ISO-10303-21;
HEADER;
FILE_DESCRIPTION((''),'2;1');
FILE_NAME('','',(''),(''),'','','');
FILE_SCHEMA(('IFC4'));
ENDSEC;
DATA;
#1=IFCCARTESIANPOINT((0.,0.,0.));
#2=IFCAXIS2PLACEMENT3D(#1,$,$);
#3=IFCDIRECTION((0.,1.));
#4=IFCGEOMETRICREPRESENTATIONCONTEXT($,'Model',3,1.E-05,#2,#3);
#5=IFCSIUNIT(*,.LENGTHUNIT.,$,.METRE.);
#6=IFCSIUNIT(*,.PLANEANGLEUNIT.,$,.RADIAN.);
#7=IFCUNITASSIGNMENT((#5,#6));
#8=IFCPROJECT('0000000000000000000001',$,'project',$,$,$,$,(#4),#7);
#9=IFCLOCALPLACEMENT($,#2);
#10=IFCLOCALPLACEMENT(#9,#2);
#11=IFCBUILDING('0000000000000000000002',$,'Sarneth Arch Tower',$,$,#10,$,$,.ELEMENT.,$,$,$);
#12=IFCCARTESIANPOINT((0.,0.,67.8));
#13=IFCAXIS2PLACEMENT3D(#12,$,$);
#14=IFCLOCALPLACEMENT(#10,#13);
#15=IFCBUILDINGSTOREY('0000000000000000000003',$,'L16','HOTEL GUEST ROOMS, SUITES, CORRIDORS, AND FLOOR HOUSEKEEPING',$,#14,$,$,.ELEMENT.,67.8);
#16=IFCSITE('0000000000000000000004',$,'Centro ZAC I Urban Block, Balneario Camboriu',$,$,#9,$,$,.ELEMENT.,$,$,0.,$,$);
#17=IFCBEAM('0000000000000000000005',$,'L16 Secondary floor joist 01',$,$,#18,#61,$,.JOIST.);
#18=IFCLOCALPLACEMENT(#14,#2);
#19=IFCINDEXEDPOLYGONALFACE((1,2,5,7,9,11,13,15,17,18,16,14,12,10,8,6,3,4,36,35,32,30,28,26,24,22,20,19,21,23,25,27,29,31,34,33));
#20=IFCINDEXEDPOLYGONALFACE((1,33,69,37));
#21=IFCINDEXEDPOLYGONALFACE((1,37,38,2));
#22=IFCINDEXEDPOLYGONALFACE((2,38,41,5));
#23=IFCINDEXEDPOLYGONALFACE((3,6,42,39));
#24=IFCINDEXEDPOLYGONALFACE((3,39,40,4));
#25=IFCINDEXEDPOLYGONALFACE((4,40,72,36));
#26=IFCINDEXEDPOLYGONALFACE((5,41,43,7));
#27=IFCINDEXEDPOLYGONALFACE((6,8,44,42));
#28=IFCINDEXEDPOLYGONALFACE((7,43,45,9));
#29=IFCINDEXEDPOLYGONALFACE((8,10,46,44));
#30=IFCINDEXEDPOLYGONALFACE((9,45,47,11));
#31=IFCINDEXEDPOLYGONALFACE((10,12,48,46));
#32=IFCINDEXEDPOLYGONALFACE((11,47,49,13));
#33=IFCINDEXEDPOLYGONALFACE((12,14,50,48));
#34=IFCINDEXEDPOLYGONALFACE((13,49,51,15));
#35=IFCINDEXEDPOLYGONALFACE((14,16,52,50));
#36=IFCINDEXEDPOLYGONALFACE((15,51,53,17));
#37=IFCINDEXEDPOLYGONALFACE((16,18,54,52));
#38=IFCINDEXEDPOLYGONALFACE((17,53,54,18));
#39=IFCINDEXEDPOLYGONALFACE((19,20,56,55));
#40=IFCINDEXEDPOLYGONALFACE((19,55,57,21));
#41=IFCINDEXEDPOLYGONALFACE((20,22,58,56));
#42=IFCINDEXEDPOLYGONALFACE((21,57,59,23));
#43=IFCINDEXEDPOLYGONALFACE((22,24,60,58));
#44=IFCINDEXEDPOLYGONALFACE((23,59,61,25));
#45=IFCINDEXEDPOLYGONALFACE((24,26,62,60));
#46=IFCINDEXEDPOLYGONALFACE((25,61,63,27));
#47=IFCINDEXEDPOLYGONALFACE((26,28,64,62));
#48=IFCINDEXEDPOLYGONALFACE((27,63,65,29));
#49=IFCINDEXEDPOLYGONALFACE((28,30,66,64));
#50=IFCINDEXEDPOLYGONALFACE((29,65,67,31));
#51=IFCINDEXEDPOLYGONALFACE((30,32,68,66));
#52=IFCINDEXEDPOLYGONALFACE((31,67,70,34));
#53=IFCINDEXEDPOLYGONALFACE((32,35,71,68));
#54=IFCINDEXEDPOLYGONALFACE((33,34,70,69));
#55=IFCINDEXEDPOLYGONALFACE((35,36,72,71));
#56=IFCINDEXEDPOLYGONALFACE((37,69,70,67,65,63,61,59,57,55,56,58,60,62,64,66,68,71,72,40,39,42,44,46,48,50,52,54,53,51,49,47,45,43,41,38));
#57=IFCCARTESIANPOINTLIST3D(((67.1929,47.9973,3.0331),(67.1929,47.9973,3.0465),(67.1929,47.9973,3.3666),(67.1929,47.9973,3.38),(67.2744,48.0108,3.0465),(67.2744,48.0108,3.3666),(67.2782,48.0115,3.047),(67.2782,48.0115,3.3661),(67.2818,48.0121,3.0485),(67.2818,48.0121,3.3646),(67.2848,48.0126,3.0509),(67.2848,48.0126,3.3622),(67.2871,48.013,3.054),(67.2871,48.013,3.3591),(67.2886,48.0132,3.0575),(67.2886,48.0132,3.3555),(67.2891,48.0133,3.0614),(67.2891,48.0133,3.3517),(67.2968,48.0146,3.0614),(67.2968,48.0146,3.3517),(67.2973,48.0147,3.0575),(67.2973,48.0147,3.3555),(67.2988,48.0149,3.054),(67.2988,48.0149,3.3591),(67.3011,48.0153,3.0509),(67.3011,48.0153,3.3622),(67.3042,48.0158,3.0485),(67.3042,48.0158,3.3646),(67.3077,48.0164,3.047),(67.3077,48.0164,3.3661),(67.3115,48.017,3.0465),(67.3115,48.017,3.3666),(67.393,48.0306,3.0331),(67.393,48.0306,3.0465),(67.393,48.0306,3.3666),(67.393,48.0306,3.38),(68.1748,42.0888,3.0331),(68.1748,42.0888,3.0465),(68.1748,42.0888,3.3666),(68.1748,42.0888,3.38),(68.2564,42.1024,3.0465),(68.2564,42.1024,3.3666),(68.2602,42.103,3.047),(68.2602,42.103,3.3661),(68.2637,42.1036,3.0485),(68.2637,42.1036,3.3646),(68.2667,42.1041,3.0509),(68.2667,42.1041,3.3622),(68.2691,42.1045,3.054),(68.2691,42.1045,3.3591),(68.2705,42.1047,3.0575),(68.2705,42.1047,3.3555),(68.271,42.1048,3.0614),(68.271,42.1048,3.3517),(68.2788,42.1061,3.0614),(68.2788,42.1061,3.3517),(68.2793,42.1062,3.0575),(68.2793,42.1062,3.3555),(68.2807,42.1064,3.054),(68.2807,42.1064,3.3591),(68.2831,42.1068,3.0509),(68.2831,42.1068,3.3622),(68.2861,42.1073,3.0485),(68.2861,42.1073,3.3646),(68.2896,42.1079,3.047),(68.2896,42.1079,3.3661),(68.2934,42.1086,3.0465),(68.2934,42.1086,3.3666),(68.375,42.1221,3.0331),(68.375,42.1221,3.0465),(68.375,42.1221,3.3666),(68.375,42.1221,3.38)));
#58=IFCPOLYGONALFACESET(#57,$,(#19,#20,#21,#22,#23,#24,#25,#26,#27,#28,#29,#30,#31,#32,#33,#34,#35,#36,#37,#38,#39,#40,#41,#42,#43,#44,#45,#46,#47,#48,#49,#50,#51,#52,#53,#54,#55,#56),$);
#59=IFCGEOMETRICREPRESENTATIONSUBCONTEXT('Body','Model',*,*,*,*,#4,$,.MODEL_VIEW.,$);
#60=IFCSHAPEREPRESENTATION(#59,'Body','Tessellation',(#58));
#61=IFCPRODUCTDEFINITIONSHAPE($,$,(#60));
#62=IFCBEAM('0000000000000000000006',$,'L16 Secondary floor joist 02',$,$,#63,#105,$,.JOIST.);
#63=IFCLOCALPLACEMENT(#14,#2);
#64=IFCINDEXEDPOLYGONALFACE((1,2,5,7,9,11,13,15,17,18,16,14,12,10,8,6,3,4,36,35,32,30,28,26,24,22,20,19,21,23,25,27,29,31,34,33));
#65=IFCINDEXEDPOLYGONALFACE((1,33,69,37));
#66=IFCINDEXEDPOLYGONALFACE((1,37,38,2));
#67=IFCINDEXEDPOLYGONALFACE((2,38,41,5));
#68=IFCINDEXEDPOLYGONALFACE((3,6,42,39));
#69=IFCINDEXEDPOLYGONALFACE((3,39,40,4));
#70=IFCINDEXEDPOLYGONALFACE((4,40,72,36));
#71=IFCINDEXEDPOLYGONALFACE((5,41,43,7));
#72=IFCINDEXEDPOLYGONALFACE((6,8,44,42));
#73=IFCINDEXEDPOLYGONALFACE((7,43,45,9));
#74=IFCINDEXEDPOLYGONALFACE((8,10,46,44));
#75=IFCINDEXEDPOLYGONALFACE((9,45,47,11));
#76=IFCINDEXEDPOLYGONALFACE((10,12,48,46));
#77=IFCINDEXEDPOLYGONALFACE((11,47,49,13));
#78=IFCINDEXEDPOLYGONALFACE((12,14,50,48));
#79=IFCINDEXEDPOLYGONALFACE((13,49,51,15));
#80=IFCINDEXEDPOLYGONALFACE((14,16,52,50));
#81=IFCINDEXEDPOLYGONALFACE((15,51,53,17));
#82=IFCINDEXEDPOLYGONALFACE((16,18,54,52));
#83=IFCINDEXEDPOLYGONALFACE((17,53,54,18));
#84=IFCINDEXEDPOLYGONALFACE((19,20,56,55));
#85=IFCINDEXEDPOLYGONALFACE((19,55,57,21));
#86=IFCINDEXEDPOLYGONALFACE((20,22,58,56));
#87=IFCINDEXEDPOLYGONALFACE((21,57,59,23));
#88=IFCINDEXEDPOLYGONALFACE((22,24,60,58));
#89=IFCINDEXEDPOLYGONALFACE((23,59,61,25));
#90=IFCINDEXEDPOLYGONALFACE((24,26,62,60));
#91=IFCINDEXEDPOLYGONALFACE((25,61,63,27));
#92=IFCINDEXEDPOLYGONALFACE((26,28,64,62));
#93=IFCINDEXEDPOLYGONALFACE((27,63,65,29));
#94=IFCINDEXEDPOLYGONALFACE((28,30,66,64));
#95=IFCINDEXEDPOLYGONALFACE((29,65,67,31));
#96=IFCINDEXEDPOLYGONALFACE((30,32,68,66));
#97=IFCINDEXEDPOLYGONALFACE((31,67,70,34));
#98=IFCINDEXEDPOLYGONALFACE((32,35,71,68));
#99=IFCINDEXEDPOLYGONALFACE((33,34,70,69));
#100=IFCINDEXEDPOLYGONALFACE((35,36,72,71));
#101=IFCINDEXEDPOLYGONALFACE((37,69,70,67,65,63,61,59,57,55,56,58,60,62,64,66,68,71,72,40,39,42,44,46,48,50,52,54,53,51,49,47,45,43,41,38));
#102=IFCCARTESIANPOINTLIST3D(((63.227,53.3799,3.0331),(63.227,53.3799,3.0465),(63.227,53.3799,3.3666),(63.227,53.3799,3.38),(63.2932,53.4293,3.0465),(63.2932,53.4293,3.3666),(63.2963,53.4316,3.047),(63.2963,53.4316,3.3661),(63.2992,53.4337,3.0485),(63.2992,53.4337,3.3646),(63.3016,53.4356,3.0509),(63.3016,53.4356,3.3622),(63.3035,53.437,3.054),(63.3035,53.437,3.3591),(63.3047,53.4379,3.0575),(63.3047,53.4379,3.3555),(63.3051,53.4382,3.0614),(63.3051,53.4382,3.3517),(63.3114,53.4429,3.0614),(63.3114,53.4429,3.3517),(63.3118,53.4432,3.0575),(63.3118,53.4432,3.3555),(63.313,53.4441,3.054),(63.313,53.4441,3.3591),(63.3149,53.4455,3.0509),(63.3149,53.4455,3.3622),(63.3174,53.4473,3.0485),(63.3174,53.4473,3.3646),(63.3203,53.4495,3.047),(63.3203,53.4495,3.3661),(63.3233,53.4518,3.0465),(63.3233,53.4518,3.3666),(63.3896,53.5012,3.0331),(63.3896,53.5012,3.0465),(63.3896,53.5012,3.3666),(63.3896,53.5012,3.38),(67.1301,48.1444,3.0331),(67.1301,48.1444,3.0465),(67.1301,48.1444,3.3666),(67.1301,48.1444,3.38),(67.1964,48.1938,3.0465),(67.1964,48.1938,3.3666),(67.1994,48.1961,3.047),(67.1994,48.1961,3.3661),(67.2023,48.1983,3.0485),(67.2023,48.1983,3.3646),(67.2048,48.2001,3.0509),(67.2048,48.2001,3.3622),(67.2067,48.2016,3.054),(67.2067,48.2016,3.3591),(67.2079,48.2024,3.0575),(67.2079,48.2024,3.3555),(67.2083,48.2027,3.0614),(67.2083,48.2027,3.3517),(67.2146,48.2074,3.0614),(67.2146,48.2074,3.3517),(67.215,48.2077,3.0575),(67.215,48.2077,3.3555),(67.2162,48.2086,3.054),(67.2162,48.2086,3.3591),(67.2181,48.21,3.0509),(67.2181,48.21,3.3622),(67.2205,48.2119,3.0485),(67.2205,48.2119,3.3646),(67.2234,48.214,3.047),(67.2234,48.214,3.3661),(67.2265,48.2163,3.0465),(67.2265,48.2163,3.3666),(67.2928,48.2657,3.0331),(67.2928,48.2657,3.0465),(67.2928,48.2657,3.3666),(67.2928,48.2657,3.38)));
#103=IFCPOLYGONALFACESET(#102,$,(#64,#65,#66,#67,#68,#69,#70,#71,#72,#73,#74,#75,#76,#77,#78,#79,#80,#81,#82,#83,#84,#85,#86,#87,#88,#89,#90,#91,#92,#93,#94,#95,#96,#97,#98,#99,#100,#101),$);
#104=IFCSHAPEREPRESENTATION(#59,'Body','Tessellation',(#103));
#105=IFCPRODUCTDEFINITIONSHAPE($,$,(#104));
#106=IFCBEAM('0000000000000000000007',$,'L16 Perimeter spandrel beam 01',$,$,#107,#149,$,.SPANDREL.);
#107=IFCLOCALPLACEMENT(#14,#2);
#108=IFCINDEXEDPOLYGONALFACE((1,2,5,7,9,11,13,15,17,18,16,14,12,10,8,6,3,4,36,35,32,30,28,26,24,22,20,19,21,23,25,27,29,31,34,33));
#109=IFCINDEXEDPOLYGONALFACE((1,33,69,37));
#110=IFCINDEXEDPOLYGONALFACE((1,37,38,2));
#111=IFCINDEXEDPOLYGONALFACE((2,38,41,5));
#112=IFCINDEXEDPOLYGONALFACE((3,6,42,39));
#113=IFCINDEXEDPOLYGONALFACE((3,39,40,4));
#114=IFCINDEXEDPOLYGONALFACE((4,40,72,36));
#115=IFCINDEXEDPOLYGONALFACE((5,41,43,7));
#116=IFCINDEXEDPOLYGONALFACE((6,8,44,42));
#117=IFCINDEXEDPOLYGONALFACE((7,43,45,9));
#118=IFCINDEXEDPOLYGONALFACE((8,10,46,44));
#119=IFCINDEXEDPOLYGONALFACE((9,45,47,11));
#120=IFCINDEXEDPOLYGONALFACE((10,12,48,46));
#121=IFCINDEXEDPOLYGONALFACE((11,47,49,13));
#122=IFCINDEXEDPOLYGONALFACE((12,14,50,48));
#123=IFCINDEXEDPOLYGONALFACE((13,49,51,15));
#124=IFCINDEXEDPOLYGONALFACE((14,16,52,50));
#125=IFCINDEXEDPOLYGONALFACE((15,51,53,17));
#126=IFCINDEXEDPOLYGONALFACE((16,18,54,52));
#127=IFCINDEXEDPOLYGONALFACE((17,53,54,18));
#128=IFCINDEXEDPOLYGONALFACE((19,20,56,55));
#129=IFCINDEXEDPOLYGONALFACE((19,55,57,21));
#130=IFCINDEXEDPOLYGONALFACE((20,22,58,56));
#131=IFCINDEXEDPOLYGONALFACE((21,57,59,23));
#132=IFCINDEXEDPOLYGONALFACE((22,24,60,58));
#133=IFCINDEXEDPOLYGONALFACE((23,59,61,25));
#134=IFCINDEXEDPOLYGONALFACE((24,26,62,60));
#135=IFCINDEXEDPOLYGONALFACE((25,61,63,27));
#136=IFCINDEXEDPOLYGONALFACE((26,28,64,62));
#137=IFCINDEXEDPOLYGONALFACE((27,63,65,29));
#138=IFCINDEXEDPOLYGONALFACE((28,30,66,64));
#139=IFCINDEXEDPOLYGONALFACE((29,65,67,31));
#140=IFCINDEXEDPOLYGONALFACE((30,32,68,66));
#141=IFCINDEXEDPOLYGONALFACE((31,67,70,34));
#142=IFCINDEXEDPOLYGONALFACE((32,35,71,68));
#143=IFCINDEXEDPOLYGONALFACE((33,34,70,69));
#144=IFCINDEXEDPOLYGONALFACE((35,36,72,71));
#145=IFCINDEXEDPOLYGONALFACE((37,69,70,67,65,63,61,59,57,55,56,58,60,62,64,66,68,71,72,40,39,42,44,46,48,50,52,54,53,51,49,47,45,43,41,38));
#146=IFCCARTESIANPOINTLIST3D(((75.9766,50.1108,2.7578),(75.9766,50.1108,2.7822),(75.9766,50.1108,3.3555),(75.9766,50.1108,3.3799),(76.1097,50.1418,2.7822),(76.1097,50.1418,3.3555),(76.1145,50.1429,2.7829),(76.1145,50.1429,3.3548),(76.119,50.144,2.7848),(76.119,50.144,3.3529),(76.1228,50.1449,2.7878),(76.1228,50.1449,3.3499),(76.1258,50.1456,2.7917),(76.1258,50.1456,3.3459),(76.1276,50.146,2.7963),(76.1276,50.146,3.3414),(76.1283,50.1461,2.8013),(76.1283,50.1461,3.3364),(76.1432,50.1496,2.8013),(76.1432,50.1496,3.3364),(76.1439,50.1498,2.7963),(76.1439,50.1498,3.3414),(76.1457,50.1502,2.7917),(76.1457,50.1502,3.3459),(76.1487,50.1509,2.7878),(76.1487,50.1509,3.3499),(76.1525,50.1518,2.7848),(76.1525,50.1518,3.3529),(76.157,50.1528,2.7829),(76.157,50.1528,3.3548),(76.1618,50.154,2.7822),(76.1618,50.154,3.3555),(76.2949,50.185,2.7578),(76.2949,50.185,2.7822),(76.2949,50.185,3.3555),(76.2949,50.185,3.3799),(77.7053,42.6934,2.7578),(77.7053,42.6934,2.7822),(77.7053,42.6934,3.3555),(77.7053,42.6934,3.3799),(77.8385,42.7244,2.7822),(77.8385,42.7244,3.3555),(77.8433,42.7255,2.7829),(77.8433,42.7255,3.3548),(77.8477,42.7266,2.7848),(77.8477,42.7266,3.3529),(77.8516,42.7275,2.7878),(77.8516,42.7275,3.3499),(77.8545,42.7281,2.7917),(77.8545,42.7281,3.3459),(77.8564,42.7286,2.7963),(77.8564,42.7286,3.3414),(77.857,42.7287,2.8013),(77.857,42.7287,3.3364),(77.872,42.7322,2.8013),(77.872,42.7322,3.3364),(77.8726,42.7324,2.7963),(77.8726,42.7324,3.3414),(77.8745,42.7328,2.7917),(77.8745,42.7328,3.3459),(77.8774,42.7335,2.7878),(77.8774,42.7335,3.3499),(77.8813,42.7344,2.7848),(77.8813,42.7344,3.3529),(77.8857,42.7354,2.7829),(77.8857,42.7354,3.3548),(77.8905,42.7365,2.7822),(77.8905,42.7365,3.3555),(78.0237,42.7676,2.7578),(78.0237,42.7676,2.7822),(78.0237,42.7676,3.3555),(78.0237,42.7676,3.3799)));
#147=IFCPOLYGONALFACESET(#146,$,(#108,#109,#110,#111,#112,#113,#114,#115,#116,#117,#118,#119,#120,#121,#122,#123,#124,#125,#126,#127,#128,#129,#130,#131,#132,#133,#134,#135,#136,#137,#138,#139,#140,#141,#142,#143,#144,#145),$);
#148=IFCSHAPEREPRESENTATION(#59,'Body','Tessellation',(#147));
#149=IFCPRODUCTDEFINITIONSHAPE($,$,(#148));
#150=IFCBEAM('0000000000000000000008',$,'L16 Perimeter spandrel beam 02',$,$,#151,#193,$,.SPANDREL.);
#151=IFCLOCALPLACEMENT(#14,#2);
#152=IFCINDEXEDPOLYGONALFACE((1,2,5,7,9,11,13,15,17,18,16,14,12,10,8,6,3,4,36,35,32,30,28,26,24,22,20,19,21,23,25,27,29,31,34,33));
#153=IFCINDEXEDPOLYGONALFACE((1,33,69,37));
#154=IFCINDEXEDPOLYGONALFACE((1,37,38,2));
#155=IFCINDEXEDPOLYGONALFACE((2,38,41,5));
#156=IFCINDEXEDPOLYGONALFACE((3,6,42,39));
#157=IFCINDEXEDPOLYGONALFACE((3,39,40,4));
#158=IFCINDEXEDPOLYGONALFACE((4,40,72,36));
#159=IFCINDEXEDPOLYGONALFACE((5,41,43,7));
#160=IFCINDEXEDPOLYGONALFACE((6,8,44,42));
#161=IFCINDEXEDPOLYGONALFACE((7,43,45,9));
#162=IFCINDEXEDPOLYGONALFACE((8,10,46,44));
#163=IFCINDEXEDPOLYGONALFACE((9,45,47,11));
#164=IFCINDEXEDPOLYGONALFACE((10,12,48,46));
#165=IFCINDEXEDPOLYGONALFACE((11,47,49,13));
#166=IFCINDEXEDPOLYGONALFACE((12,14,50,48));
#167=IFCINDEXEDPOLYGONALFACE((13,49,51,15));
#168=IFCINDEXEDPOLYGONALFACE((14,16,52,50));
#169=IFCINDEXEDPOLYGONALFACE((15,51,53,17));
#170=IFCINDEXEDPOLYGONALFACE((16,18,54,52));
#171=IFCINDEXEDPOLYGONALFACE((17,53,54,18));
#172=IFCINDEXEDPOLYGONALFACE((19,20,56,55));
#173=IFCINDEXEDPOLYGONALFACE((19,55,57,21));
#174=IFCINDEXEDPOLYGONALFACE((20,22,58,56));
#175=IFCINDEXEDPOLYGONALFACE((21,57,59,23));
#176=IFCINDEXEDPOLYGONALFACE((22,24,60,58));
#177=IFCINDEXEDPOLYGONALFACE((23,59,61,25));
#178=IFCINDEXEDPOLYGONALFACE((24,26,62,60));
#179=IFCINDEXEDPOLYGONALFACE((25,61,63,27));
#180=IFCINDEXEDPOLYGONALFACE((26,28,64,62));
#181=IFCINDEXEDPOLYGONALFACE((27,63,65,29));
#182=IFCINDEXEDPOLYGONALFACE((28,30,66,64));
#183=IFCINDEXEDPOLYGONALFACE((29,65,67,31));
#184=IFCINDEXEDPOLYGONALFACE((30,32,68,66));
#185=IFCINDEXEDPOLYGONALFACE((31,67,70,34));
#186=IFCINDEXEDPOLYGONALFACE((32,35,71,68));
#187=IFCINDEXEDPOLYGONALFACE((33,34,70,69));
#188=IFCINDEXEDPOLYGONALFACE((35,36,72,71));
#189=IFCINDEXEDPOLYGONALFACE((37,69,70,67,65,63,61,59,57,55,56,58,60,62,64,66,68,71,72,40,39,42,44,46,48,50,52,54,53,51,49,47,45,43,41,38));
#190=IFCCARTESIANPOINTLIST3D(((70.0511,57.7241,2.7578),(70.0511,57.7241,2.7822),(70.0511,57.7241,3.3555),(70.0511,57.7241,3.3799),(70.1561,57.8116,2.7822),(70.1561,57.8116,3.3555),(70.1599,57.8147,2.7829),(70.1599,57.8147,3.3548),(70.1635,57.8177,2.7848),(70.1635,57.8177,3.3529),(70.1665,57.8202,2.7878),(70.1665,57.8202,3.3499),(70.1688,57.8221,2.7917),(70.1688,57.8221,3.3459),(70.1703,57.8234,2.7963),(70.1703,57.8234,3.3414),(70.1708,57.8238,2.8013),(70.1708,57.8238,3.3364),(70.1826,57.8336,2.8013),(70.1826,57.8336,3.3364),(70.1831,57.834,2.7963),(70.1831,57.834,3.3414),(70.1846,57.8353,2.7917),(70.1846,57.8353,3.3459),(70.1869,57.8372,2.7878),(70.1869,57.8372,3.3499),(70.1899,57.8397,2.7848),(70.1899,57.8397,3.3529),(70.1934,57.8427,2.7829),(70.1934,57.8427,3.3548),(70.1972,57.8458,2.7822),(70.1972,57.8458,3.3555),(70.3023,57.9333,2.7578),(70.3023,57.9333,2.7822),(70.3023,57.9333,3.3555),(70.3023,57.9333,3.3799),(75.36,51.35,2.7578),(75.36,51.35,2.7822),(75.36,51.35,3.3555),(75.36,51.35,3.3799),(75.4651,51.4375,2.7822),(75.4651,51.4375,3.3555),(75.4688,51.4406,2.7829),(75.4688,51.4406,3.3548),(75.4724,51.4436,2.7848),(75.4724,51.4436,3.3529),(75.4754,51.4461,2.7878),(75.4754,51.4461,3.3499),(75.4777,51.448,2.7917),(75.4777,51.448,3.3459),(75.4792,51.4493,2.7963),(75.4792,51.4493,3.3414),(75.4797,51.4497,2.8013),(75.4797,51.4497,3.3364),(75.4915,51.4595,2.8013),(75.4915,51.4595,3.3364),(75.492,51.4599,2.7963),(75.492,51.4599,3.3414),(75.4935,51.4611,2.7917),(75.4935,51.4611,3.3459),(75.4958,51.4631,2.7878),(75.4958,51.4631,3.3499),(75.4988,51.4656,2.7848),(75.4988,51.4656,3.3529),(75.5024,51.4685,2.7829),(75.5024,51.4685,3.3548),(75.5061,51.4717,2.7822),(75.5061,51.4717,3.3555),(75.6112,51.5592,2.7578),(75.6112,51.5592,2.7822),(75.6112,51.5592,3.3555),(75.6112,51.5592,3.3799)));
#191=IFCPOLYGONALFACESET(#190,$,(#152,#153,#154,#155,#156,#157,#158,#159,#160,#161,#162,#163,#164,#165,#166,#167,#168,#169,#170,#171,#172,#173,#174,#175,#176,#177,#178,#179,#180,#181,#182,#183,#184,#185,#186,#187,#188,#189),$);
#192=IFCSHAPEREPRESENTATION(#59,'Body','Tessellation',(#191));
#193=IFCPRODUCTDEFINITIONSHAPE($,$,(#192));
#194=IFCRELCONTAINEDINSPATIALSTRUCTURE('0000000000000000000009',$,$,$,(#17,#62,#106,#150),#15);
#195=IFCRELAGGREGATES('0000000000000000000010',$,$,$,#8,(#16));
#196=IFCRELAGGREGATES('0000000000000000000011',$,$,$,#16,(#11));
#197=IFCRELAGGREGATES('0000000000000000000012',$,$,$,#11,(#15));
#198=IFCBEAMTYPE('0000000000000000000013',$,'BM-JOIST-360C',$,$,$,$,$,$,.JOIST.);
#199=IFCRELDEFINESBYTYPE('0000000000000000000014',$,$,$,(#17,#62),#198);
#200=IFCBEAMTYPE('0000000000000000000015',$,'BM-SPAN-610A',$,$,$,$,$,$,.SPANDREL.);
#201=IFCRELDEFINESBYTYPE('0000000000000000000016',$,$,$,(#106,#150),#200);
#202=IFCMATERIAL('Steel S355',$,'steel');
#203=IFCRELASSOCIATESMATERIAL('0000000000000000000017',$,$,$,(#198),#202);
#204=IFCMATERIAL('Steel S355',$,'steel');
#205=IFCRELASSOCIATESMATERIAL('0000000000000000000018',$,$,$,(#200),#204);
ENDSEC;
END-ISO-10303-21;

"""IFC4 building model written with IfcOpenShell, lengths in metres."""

from ifc_helpers import new_model, si_unit, direction, frame, origin, origin_2d, place, context, subcontext, project, spatial, i_section, extrude, material, material_profile, profile_set, type_object, element, save


model = new_model("IFC4")

# Units and contexts
model_context = context("Model", 3, precision=1e-05, world=origin(), true_north=direction((0.0, 1.0)))
body_context = subcontext(model_context, "Body", "Model", "MODEL_VIEW")
ifc_project = project(units=[si_unit("LENGTHUNIT", "METRE"), si_unit("PLANEANGLEUNIT", "RADIAN")], contexts=[model_context])

# Site, building, storey
site_placement = place(None, origin())
site = spatial("IfcSite", under=ifc_project, at=site_placement, Name="Centro ZAC I Urban Block, Balneario Camboriu", CompositionType="ELEMENT", RefElevation=0.0)
building_placement = place(site_placement, origin())
building = spatial("IfcBuilding", under=site, at=building_placement, Name="Sarneth Arch Tower", CompositionType="ELEMENT")
storey_placement = place(building_placement, frame((0.0, 0.0, 67.8)))
storey = spatial("IfcBuildingStorey", under=building, at=storey_placement, Name="L16", Description="HOTEL GUEST ROOMS, SUITES, CORRIDORS, AND FLOOR HOUSEKEEPING", CompositionType="ELEMENT", Elevation=67.8)

# Beams
ifc_material_1 = material(Name="Steel S355", Category="steel")
ifc_material_profile_1 = material_profile(ifc_material_1, i_section(OverallWidth=0.2029, OverallDepth=0.3469, WebThickness=0.0078, FlangeThickness=0.0134, FilletRadius=0.0149, at=origin_2d()), Name="W360x64")
ifc_profile_set_1 = profile_set([ifc_material_profile_1], Name="Steel S355")
beam_type_1 = type_object("IfcBeamType", Name="BM-JOIST-360C", PredefinedType="JOIST", material=ifc_profile_set_1)
beam_1_placement = place(storey_placement, frame((68.2749, 42.1055, 3.2065), z_axis=(-0.163943, 0.98647, 0.0), x_axis=(-0.98647, -0.163943, 0.0)))
element("IfcBeam", 1, at=beam_1_placement, inside=storey, type_object=beam_type_1, Name="L16 Secondary floor joist 01", PredefinedType="JOIST", context=body_context, shape_type="SweptSolid", body=[
    extrude(i_section(OverallWidth=0.2029, OverallDepth=0.3469, WebThickness=0.0078, FlangeThickness=0.0134, FilletRadius=0.0149, at=origin_2d()), origin(), (0.0, 0.0, 1.0), 5.9895),
])
beam_2_placement = place(storey_placement, frame((67.2114, 48.2051, 3.2065), z_axis=(-0.5977, 0.801719, 0.0), x_axis=(-0.801719, -0.5977, 0.0)))
element("IfcBeam", 2, at=beam_2_placement, inside=storey, type_object=beam_type_1, Name="L16 Secondary floor joist 02", PredefinedType="JOIST", context=body_context, shape_type="SweptSolid", body=[
    extrude(i_section(OverallWidth=0.2029, OverallDepth=0.3469, WebThickness=0.0078, FlangeThickness=0.0134, FilletRadius=0.0149, at=origin_2d()), origin(), (0.0, 0.0, 1.0), 6.5303),
])
ifc_material_2 = material(Name="Steel S355", Category="steel")
ifc_material_profile_2 = material_profile(ifc_material_2, i_section(OverallWidth=0.3269, OverallDepth=0.6221, WebThickness=0.0154, FlangeThickness=0.0244, FilletRadius=0.019, at=origin_2d()), Name="W610x195")
ifc_profile_set_2 = profile_set([ifc_material_profile_2], Name="Steel S355")
beam_type_2 = type_object("IfcBeamType", Name="BM-SPAN-610A", PredefinedType="SPANDREL", material=ifc_profile_set_2)
beam_3_placement = place(storey_placement, frame((77.8645, 42.7305, 3.0688), z_axis=(-0.226982, 0.973899, 0.0), x_axis=(-0.973899, -0.226982, 0.0)))
element("IfcBeam", 3, at=beam_3_placement, inside=storey, type_object=beam_type_2, Name="L16 Perimeter spandrel beam 01", PredefinedType="SPANDREL", context=body_context, shape_type="SweptSolid", body=[
    extrude(i_section(OverallWidth=0.3269, OverallDepth=0.6221, WebThickness=0.0154, FlangeThickness=0.0244, FilletRadius=0.019, at=origin_2d()), origin(), (0.0, 0.0, 1.0), 7.6162),
])
beam_4_placement = place(storey_placement, frame((75.4856, 51.4546, 3.0688), z_axis=(-0.639982, 0.76839, 0.0), x_axis=(-0.76839, -0.639982, 0.0)))
element("IfcBeam", 4, at=beam_4_placement, inside=storey, type_object=beam_type_2, Name="L16 Perimeter spandrel beam 02", PredefinedType="SPANDREL", context=body_context, shape_type="SweptSolid", body=[
    extrude(i_section(OverallWidth=0.3269, OverallDepth=0.6221, WebThickness=0.0154, FlangeThickness=0.0244, FilletRadius=0.019, at=origin_2d()), origin(), (0.0, 0.0, 1.0), 8.2954),
])

save(model, "model.ifc")
